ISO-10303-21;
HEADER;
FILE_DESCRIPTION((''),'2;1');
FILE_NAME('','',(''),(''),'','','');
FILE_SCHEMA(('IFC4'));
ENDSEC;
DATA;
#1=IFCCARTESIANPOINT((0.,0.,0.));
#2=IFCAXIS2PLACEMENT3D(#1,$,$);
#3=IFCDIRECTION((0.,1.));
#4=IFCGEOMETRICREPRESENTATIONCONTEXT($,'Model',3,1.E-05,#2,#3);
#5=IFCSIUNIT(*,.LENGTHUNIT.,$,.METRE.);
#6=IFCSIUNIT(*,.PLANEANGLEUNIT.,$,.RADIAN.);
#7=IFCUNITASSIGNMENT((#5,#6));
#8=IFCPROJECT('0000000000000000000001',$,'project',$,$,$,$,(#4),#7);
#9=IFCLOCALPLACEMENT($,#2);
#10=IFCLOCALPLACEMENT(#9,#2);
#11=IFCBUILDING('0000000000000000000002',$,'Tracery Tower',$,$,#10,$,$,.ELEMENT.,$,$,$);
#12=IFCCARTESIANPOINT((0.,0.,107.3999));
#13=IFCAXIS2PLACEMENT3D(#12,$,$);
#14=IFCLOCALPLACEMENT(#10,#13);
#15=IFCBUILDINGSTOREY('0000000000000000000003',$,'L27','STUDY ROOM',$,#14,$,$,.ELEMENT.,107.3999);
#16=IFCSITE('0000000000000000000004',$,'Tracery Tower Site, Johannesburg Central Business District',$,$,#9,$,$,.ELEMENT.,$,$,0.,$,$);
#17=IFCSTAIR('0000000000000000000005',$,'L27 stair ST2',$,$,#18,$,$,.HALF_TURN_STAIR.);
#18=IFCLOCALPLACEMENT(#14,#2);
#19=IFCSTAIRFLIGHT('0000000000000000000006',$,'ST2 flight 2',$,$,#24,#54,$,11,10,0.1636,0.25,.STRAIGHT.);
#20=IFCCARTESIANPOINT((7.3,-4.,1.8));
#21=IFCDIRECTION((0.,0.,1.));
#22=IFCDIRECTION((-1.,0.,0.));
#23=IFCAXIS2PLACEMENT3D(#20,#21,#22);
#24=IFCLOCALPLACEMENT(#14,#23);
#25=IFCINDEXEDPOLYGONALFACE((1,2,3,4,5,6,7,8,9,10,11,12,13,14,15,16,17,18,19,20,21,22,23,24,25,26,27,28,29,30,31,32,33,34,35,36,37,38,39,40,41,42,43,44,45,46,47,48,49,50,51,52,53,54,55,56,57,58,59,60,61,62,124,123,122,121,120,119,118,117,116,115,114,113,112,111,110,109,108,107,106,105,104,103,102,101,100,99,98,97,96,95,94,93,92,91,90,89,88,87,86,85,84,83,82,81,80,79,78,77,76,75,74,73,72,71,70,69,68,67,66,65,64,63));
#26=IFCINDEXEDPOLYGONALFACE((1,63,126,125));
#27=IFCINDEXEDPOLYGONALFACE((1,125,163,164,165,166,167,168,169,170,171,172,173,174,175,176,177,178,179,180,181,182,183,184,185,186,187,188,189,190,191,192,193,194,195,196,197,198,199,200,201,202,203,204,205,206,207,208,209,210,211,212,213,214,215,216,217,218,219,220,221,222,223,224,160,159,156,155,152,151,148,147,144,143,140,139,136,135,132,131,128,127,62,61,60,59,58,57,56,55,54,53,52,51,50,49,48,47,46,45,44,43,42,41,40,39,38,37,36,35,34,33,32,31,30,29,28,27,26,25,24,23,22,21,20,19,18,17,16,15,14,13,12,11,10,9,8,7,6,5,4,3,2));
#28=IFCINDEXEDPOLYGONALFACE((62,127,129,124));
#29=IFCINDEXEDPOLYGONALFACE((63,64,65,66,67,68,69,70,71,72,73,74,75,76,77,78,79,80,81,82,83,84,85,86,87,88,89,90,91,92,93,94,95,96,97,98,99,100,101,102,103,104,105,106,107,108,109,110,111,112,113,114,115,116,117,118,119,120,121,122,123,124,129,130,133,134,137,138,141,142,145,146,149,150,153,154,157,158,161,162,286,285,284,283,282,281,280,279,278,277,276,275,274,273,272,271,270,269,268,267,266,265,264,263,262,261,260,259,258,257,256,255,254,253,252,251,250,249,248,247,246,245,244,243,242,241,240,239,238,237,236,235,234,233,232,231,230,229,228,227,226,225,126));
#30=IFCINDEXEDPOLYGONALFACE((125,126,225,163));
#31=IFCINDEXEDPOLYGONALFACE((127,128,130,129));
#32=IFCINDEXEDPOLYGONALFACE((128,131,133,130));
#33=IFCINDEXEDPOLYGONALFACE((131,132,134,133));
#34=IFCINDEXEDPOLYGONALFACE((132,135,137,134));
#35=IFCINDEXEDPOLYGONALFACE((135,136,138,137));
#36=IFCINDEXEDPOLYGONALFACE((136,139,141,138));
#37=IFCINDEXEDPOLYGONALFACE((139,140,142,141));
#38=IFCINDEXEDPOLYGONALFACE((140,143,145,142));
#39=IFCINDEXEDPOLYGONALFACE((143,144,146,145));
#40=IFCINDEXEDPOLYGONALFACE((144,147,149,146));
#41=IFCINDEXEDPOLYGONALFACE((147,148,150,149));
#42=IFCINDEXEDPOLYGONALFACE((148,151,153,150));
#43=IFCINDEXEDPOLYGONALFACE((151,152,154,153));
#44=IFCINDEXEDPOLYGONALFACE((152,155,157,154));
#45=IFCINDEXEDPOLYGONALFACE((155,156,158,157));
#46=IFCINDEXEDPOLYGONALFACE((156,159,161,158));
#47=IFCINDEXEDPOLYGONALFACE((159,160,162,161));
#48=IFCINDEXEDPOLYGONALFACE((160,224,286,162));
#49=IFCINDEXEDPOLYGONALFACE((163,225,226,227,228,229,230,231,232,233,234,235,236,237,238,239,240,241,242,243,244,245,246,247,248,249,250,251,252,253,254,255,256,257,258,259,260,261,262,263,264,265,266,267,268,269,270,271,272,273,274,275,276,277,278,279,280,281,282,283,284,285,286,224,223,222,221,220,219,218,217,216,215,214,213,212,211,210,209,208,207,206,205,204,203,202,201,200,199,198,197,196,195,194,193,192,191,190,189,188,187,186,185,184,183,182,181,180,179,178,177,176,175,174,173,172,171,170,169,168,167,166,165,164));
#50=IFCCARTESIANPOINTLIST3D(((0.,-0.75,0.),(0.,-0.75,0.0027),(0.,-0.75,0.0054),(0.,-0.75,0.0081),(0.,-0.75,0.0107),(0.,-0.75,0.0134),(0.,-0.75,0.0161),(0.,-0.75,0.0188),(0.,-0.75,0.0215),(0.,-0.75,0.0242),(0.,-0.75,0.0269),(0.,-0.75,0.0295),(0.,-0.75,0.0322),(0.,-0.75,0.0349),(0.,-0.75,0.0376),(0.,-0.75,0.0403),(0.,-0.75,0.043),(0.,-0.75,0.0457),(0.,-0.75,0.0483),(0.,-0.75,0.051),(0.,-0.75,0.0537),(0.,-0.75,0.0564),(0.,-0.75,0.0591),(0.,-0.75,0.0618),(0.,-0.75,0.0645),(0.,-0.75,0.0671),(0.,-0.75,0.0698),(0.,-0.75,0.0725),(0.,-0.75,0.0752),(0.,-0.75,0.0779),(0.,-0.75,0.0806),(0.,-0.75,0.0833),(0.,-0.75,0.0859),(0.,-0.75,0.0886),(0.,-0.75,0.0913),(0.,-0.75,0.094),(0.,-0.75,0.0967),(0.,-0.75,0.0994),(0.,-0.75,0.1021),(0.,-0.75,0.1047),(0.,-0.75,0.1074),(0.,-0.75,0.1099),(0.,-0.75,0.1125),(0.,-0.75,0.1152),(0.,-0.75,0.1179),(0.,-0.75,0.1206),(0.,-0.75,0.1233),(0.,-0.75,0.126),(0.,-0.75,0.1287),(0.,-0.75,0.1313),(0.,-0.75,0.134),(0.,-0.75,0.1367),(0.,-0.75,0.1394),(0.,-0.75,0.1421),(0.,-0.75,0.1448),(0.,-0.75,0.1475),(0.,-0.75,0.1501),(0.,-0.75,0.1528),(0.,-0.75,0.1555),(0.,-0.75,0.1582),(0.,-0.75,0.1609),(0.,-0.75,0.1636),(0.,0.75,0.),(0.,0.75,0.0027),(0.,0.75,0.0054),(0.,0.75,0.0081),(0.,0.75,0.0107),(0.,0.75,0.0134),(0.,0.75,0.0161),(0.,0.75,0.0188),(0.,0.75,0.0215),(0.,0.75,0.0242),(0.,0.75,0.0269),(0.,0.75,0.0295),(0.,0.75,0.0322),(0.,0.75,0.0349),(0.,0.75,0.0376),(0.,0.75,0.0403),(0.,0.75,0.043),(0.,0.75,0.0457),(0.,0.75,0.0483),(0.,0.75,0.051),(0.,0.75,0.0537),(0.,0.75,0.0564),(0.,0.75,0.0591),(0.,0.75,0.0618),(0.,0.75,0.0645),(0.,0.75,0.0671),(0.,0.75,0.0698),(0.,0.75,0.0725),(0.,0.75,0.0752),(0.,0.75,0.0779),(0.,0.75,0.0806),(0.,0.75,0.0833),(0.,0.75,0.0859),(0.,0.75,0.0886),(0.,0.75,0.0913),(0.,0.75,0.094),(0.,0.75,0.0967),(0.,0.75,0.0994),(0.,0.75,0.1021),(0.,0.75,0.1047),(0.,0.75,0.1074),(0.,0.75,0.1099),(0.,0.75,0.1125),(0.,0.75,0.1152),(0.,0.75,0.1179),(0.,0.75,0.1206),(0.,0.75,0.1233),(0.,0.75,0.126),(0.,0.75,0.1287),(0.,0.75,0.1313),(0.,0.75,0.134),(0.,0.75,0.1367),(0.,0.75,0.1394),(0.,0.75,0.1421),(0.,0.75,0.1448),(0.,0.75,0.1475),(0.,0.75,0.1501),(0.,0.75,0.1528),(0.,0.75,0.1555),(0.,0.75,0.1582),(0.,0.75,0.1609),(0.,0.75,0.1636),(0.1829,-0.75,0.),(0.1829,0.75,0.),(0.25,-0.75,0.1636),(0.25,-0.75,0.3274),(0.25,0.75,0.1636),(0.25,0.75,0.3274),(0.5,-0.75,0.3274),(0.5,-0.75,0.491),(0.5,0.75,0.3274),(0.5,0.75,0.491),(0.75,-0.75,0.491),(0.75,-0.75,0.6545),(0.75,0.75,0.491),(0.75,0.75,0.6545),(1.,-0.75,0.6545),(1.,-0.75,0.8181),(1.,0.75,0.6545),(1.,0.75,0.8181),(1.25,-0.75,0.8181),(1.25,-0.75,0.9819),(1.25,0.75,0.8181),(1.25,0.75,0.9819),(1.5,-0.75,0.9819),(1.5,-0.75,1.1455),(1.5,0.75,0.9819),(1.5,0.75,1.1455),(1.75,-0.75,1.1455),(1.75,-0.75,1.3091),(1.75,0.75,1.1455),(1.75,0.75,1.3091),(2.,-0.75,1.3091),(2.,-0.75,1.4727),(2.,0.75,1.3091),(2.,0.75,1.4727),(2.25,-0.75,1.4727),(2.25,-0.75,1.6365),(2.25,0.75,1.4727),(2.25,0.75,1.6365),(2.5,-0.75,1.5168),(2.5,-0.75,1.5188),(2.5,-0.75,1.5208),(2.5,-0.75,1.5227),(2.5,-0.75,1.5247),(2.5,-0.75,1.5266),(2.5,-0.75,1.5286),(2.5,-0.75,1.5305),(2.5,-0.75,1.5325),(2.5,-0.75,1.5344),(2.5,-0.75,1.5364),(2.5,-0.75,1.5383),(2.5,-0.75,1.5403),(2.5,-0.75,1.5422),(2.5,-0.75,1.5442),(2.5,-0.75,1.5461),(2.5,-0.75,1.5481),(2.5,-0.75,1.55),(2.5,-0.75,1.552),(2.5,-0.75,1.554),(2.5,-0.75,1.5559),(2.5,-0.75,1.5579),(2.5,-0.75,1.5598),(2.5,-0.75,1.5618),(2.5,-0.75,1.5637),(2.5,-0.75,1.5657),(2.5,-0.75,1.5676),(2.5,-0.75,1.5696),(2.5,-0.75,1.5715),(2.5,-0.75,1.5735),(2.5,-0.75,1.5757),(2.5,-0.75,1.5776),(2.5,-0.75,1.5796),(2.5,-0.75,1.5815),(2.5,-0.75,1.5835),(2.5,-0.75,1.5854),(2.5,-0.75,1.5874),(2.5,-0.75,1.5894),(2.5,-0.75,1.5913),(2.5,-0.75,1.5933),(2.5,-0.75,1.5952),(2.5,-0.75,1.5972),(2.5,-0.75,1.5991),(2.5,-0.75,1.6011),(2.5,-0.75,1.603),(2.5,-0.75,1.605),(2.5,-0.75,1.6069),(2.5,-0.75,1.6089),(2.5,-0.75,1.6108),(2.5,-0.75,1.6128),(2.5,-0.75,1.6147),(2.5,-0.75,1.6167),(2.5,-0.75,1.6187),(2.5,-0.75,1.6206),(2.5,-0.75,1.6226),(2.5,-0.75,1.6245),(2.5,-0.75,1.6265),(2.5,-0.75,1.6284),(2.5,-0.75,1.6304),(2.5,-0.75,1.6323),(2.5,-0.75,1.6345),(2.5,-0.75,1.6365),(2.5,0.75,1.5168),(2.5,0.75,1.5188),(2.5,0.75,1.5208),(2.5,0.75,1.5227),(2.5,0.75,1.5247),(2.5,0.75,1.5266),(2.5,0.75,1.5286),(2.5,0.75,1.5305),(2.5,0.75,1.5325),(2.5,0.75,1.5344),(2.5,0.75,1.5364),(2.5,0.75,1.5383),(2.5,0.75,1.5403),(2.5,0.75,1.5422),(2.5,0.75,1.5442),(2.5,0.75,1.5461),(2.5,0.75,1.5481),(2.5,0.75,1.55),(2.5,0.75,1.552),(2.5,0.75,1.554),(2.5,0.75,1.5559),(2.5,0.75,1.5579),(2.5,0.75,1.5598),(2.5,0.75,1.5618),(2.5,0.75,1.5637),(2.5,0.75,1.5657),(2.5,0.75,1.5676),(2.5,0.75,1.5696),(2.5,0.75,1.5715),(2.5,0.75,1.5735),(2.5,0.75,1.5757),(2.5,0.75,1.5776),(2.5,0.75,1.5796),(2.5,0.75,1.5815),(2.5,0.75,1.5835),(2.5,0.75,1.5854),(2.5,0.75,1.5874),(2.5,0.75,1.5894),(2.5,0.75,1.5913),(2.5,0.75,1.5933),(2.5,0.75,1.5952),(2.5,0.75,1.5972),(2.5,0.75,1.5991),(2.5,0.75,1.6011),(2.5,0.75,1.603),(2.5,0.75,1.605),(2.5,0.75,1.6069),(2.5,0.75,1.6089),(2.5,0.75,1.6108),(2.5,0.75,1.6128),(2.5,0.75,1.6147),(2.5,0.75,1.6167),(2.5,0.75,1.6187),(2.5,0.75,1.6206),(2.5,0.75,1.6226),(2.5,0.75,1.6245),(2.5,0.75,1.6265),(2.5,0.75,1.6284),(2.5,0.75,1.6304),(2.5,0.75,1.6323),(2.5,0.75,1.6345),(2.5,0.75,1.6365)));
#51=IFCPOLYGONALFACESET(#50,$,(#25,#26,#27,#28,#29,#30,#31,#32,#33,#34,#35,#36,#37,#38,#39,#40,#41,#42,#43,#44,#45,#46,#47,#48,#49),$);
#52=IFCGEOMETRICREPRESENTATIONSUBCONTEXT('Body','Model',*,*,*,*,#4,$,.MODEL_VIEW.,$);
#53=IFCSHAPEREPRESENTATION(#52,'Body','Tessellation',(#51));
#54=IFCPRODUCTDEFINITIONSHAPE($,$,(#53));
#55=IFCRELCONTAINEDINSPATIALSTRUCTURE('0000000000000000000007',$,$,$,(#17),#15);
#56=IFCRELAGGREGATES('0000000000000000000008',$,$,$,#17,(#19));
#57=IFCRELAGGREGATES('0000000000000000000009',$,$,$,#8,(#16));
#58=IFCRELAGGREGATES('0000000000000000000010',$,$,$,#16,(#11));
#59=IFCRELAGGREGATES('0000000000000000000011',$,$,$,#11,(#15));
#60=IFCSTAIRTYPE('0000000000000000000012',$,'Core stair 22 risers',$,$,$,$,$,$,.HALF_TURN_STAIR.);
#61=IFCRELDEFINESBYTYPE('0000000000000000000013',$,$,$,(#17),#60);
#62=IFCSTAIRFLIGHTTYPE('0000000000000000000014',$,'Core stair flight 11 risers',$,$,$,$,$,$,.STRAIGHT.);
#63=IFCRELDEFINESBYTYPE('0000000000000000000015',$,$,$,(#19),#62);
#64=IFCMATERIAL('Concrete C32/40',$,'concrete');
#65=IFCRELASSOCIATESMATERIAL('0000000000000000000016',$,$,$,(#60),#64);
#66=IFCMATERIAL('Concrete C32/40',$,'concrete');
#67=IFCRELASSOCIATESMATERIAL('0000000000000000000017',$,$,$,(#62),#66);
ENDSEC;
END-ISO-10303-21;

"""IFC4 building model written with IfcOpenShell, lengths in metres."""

from ifc_helpers import new_model, si_unit, direction, frame, origin, place, context, subcontext, project, spatial, polyline, outline, extrude, material, type_object, element, aggregate, save


model = new_model("IFC4")

# Units and contexts
model_context = context("Model", 3, precision=1e-05, world=origin(), true_north=direction((0.0, 1.0)))
body_context = subcontext(model_context, "Body", "Model", "MODEL_VIEW")
ifc_project = project(units=[si_unit("LENGTHUNIT", "METRE"), si_unit("PLANEANGLEUNIT", "RADIAN")], contexts=[model_context])

# Site, building, storey
site_placement = place(None, origin())
site = spatial("IfcSite", under=ifc_project, at=site_placement, Name="Tracery Tower Site, Johannesburg Central Business District", CompositionType="ELEMENT", RefElevation=0.0)
building_placement = place(site_placement, origin())
building = spatial("IfcBuilding", under=site, at=building_placement, Name="Tracery Tower", CompositionType="ELEMENT")
storey_placement = place(building_placement, frame((0.0, 0.0, 107.3999)))
storey = spatial("IfcBuildingStorey", under=building, at=storey_placement, Name="L27", Description="STUDY ROOM", CompositionType="ELEMENT", Elevation=107.3999)

# Shared definitions
ifc_material_1 = material(Name="Concrete C32/40", Category="concrete")
stair_type = type_object("IfcStairType", Name="Core stair 22 risers", PredefinedType="HALF_TURN_STAIR", material=ifc_material_1)

# Stair, stair flight
stair_1_placement = place(storey_placement, origin())
stair_1 = element("IfcStair", 1, at=stair_1_placement, inside=storey, type_object=stair_type, Name="L27 stair ST2", PredefinedType="HALF_TURN_STAIR")
ifc_material_2 = material(Name="Concrete C32/40", Category="concrete")
stair_flight_type = type_object("IfcStairFlightType", Name="Core stair flight 11 risers", PredefinedType="STRAIGHT", material=ifc_material_2)
stair_flight_1_placement = place(storey_placement, frame((7.3, -4.0, 1.8), z_axis=(0.0, 0.0, 1.0), x_axis=(-1.0, 0.0, 0.0)))
stair_flight_1 = element("IfcStairFlight", 2, at=stair_flight_1_placement, type_object=stair_flight_type, Name="ST2 flight 2", NumberOfRisers=11, NumberOfTreads=10, PredefinedType="STRAIGHT", RiserHeight=0.1636, TreadLength=0.25, context=body_context, shape_type="SweptSolid", body=[
    extrude(outline(polyline([(0.0, 0.0), (0.0, 0.0027), (0.0, 0.0054), (0.0, 0.0081), (0.0, 0.0107), (0.0, 0.0134), (0.0, 0.0161), (0.0, 0.0188), (0.0, 0.0215), (0.0, 0.0242), (0.0, 0.0269), (0.0, 0.0295), (0.0, 0.0322), (0.0, 0.0349), (0.0, 0.0376), (0.0, 0.0403), (0.0, 0.043), (0.0, 0.0457), (0.0, 0.0483), (0.0, 0.051), (0.0, 0.0537), (0.0, 0.0564), (0.0, 0.0591), (0.0, 0.0618), (0.0, 0.0645), (0.0, 0.0671), (0.0, 0.0698), (0.0, 0.0725), (0.0, 0.0752), (0.0, 0.0779), (0.0, 0.0806), (0.0, 0.0833), (0.0, 0.0859), (0.0, 0.0886), (0.0, 0.0913), (0.0, 0.094), (0.0, 0.0967), (0.0, 0.0994), (0.0, 0.1021), (0.0, 0.1047), (0.0, 0.1074), (0.0, 0.1099), (0.0, 0.1125), (0.0, 0.1152), (0.0, 0.1179), (0.0, 0.1206), (0.0, 0.1233), (0.0, 0.126), (0.0, 0.1287), (0.0, 0.1313), (0.0, 0.134), (0.0, 0.1367), (0.0, 0.1394), (0.0, 0.1421), (0.0, 0.1448), (0.0, 0.1475), (0.0, 0.1501), (0.0, 0.1528), (0.0, 0.1555), (0.0, 0.1582), (0.0, 0.1609), (0.0, 0.1636), (0.25, 0.1636), (0.25, 0.3274), (0.5, 0.3274), (0.5, 0.491), (0.75, 0.491), (0.75, 0.6545), (1.0, 0.6545), (1.0, 0.8181), (1.25, 0.8181), (1.25, 0.9819), (1.5, 0.9819), (1.5, 1.1455), (1.75, 1.1455), (1.75, 1.3091), (2.0, 1.3091), (2.0, 1.4727), (2.25, 1.4727), (2.25, 1.6365), (2.5, 1.6365), (2.5, 1.6345), (2.5, 1.6323), (2.5, 1.6304), (2.5, 1.6284), (2.5, 1.6265), (2.5, 1.6245), (2.5, 1.6226), (2.5, 1.6206), (2.5, 1.6187), (2.5, 1.6167), (2.5, 1.6147), (2.5, 1.6128), (2.5, 1.6108), (2.5, 1.6089), (2.5, 1.6069), (2.5, 1.605), (2.5, 1.603), (2.5, 1.6011), (2.5, 1.5991), (2.5, 1.5972), (2.5, 1.5952), (2.5, 1.5933), (2.5, 1.5913), (2.5, 1.5894), (2.5, 1.5874), (2.5, 1.5854), (2.5, 1.5835), (2.5, 1.5815), (2.5, 1.5796), (2.5, 1.5776), (2.5, 1.5757), (2.5, 1.5735), (2.5, 1.5715), (2.5, 1.5696), (2.5, 1.5676), (2.5, 1.5657), (2.5, 1.5637), (2.5, 1.5618), (2.5, 1.5598), (2.5, 1.5579), (2.5, 1.5559), (2.5, 1.554), (2.5, 1.552), (2.5, 1.55), (2.5, 1.5481), (2.5, 1.5461), (2.5, 1.5442), (2.5, 1.5422), (2.5, 1.5403), (2.5, 1.5383), (2.5, 1.5364), (2.5, 1.5344), (2.5, 1.5325), (2.5, 1.5305), (2.5, 1.5286), (2.5, 1.5266), (2.5, 1.5247), (2.5, 1.5227), (2.5, 1.5208), (2.5, 1.5188), (2.5, 1.5168), (0.1829, 0.0), (0.0, 0.0)])), frame((0.0, 0.75, 0.0), z_axis=(0.0, -1.0, 0.0), x_axis=(1.0, 0.0, 0.0)), (0.0, 0.0, 1.0), 1.5),
])
aggregate(stair_1, [stair_flight_1])

save(model, "model.ifc")
